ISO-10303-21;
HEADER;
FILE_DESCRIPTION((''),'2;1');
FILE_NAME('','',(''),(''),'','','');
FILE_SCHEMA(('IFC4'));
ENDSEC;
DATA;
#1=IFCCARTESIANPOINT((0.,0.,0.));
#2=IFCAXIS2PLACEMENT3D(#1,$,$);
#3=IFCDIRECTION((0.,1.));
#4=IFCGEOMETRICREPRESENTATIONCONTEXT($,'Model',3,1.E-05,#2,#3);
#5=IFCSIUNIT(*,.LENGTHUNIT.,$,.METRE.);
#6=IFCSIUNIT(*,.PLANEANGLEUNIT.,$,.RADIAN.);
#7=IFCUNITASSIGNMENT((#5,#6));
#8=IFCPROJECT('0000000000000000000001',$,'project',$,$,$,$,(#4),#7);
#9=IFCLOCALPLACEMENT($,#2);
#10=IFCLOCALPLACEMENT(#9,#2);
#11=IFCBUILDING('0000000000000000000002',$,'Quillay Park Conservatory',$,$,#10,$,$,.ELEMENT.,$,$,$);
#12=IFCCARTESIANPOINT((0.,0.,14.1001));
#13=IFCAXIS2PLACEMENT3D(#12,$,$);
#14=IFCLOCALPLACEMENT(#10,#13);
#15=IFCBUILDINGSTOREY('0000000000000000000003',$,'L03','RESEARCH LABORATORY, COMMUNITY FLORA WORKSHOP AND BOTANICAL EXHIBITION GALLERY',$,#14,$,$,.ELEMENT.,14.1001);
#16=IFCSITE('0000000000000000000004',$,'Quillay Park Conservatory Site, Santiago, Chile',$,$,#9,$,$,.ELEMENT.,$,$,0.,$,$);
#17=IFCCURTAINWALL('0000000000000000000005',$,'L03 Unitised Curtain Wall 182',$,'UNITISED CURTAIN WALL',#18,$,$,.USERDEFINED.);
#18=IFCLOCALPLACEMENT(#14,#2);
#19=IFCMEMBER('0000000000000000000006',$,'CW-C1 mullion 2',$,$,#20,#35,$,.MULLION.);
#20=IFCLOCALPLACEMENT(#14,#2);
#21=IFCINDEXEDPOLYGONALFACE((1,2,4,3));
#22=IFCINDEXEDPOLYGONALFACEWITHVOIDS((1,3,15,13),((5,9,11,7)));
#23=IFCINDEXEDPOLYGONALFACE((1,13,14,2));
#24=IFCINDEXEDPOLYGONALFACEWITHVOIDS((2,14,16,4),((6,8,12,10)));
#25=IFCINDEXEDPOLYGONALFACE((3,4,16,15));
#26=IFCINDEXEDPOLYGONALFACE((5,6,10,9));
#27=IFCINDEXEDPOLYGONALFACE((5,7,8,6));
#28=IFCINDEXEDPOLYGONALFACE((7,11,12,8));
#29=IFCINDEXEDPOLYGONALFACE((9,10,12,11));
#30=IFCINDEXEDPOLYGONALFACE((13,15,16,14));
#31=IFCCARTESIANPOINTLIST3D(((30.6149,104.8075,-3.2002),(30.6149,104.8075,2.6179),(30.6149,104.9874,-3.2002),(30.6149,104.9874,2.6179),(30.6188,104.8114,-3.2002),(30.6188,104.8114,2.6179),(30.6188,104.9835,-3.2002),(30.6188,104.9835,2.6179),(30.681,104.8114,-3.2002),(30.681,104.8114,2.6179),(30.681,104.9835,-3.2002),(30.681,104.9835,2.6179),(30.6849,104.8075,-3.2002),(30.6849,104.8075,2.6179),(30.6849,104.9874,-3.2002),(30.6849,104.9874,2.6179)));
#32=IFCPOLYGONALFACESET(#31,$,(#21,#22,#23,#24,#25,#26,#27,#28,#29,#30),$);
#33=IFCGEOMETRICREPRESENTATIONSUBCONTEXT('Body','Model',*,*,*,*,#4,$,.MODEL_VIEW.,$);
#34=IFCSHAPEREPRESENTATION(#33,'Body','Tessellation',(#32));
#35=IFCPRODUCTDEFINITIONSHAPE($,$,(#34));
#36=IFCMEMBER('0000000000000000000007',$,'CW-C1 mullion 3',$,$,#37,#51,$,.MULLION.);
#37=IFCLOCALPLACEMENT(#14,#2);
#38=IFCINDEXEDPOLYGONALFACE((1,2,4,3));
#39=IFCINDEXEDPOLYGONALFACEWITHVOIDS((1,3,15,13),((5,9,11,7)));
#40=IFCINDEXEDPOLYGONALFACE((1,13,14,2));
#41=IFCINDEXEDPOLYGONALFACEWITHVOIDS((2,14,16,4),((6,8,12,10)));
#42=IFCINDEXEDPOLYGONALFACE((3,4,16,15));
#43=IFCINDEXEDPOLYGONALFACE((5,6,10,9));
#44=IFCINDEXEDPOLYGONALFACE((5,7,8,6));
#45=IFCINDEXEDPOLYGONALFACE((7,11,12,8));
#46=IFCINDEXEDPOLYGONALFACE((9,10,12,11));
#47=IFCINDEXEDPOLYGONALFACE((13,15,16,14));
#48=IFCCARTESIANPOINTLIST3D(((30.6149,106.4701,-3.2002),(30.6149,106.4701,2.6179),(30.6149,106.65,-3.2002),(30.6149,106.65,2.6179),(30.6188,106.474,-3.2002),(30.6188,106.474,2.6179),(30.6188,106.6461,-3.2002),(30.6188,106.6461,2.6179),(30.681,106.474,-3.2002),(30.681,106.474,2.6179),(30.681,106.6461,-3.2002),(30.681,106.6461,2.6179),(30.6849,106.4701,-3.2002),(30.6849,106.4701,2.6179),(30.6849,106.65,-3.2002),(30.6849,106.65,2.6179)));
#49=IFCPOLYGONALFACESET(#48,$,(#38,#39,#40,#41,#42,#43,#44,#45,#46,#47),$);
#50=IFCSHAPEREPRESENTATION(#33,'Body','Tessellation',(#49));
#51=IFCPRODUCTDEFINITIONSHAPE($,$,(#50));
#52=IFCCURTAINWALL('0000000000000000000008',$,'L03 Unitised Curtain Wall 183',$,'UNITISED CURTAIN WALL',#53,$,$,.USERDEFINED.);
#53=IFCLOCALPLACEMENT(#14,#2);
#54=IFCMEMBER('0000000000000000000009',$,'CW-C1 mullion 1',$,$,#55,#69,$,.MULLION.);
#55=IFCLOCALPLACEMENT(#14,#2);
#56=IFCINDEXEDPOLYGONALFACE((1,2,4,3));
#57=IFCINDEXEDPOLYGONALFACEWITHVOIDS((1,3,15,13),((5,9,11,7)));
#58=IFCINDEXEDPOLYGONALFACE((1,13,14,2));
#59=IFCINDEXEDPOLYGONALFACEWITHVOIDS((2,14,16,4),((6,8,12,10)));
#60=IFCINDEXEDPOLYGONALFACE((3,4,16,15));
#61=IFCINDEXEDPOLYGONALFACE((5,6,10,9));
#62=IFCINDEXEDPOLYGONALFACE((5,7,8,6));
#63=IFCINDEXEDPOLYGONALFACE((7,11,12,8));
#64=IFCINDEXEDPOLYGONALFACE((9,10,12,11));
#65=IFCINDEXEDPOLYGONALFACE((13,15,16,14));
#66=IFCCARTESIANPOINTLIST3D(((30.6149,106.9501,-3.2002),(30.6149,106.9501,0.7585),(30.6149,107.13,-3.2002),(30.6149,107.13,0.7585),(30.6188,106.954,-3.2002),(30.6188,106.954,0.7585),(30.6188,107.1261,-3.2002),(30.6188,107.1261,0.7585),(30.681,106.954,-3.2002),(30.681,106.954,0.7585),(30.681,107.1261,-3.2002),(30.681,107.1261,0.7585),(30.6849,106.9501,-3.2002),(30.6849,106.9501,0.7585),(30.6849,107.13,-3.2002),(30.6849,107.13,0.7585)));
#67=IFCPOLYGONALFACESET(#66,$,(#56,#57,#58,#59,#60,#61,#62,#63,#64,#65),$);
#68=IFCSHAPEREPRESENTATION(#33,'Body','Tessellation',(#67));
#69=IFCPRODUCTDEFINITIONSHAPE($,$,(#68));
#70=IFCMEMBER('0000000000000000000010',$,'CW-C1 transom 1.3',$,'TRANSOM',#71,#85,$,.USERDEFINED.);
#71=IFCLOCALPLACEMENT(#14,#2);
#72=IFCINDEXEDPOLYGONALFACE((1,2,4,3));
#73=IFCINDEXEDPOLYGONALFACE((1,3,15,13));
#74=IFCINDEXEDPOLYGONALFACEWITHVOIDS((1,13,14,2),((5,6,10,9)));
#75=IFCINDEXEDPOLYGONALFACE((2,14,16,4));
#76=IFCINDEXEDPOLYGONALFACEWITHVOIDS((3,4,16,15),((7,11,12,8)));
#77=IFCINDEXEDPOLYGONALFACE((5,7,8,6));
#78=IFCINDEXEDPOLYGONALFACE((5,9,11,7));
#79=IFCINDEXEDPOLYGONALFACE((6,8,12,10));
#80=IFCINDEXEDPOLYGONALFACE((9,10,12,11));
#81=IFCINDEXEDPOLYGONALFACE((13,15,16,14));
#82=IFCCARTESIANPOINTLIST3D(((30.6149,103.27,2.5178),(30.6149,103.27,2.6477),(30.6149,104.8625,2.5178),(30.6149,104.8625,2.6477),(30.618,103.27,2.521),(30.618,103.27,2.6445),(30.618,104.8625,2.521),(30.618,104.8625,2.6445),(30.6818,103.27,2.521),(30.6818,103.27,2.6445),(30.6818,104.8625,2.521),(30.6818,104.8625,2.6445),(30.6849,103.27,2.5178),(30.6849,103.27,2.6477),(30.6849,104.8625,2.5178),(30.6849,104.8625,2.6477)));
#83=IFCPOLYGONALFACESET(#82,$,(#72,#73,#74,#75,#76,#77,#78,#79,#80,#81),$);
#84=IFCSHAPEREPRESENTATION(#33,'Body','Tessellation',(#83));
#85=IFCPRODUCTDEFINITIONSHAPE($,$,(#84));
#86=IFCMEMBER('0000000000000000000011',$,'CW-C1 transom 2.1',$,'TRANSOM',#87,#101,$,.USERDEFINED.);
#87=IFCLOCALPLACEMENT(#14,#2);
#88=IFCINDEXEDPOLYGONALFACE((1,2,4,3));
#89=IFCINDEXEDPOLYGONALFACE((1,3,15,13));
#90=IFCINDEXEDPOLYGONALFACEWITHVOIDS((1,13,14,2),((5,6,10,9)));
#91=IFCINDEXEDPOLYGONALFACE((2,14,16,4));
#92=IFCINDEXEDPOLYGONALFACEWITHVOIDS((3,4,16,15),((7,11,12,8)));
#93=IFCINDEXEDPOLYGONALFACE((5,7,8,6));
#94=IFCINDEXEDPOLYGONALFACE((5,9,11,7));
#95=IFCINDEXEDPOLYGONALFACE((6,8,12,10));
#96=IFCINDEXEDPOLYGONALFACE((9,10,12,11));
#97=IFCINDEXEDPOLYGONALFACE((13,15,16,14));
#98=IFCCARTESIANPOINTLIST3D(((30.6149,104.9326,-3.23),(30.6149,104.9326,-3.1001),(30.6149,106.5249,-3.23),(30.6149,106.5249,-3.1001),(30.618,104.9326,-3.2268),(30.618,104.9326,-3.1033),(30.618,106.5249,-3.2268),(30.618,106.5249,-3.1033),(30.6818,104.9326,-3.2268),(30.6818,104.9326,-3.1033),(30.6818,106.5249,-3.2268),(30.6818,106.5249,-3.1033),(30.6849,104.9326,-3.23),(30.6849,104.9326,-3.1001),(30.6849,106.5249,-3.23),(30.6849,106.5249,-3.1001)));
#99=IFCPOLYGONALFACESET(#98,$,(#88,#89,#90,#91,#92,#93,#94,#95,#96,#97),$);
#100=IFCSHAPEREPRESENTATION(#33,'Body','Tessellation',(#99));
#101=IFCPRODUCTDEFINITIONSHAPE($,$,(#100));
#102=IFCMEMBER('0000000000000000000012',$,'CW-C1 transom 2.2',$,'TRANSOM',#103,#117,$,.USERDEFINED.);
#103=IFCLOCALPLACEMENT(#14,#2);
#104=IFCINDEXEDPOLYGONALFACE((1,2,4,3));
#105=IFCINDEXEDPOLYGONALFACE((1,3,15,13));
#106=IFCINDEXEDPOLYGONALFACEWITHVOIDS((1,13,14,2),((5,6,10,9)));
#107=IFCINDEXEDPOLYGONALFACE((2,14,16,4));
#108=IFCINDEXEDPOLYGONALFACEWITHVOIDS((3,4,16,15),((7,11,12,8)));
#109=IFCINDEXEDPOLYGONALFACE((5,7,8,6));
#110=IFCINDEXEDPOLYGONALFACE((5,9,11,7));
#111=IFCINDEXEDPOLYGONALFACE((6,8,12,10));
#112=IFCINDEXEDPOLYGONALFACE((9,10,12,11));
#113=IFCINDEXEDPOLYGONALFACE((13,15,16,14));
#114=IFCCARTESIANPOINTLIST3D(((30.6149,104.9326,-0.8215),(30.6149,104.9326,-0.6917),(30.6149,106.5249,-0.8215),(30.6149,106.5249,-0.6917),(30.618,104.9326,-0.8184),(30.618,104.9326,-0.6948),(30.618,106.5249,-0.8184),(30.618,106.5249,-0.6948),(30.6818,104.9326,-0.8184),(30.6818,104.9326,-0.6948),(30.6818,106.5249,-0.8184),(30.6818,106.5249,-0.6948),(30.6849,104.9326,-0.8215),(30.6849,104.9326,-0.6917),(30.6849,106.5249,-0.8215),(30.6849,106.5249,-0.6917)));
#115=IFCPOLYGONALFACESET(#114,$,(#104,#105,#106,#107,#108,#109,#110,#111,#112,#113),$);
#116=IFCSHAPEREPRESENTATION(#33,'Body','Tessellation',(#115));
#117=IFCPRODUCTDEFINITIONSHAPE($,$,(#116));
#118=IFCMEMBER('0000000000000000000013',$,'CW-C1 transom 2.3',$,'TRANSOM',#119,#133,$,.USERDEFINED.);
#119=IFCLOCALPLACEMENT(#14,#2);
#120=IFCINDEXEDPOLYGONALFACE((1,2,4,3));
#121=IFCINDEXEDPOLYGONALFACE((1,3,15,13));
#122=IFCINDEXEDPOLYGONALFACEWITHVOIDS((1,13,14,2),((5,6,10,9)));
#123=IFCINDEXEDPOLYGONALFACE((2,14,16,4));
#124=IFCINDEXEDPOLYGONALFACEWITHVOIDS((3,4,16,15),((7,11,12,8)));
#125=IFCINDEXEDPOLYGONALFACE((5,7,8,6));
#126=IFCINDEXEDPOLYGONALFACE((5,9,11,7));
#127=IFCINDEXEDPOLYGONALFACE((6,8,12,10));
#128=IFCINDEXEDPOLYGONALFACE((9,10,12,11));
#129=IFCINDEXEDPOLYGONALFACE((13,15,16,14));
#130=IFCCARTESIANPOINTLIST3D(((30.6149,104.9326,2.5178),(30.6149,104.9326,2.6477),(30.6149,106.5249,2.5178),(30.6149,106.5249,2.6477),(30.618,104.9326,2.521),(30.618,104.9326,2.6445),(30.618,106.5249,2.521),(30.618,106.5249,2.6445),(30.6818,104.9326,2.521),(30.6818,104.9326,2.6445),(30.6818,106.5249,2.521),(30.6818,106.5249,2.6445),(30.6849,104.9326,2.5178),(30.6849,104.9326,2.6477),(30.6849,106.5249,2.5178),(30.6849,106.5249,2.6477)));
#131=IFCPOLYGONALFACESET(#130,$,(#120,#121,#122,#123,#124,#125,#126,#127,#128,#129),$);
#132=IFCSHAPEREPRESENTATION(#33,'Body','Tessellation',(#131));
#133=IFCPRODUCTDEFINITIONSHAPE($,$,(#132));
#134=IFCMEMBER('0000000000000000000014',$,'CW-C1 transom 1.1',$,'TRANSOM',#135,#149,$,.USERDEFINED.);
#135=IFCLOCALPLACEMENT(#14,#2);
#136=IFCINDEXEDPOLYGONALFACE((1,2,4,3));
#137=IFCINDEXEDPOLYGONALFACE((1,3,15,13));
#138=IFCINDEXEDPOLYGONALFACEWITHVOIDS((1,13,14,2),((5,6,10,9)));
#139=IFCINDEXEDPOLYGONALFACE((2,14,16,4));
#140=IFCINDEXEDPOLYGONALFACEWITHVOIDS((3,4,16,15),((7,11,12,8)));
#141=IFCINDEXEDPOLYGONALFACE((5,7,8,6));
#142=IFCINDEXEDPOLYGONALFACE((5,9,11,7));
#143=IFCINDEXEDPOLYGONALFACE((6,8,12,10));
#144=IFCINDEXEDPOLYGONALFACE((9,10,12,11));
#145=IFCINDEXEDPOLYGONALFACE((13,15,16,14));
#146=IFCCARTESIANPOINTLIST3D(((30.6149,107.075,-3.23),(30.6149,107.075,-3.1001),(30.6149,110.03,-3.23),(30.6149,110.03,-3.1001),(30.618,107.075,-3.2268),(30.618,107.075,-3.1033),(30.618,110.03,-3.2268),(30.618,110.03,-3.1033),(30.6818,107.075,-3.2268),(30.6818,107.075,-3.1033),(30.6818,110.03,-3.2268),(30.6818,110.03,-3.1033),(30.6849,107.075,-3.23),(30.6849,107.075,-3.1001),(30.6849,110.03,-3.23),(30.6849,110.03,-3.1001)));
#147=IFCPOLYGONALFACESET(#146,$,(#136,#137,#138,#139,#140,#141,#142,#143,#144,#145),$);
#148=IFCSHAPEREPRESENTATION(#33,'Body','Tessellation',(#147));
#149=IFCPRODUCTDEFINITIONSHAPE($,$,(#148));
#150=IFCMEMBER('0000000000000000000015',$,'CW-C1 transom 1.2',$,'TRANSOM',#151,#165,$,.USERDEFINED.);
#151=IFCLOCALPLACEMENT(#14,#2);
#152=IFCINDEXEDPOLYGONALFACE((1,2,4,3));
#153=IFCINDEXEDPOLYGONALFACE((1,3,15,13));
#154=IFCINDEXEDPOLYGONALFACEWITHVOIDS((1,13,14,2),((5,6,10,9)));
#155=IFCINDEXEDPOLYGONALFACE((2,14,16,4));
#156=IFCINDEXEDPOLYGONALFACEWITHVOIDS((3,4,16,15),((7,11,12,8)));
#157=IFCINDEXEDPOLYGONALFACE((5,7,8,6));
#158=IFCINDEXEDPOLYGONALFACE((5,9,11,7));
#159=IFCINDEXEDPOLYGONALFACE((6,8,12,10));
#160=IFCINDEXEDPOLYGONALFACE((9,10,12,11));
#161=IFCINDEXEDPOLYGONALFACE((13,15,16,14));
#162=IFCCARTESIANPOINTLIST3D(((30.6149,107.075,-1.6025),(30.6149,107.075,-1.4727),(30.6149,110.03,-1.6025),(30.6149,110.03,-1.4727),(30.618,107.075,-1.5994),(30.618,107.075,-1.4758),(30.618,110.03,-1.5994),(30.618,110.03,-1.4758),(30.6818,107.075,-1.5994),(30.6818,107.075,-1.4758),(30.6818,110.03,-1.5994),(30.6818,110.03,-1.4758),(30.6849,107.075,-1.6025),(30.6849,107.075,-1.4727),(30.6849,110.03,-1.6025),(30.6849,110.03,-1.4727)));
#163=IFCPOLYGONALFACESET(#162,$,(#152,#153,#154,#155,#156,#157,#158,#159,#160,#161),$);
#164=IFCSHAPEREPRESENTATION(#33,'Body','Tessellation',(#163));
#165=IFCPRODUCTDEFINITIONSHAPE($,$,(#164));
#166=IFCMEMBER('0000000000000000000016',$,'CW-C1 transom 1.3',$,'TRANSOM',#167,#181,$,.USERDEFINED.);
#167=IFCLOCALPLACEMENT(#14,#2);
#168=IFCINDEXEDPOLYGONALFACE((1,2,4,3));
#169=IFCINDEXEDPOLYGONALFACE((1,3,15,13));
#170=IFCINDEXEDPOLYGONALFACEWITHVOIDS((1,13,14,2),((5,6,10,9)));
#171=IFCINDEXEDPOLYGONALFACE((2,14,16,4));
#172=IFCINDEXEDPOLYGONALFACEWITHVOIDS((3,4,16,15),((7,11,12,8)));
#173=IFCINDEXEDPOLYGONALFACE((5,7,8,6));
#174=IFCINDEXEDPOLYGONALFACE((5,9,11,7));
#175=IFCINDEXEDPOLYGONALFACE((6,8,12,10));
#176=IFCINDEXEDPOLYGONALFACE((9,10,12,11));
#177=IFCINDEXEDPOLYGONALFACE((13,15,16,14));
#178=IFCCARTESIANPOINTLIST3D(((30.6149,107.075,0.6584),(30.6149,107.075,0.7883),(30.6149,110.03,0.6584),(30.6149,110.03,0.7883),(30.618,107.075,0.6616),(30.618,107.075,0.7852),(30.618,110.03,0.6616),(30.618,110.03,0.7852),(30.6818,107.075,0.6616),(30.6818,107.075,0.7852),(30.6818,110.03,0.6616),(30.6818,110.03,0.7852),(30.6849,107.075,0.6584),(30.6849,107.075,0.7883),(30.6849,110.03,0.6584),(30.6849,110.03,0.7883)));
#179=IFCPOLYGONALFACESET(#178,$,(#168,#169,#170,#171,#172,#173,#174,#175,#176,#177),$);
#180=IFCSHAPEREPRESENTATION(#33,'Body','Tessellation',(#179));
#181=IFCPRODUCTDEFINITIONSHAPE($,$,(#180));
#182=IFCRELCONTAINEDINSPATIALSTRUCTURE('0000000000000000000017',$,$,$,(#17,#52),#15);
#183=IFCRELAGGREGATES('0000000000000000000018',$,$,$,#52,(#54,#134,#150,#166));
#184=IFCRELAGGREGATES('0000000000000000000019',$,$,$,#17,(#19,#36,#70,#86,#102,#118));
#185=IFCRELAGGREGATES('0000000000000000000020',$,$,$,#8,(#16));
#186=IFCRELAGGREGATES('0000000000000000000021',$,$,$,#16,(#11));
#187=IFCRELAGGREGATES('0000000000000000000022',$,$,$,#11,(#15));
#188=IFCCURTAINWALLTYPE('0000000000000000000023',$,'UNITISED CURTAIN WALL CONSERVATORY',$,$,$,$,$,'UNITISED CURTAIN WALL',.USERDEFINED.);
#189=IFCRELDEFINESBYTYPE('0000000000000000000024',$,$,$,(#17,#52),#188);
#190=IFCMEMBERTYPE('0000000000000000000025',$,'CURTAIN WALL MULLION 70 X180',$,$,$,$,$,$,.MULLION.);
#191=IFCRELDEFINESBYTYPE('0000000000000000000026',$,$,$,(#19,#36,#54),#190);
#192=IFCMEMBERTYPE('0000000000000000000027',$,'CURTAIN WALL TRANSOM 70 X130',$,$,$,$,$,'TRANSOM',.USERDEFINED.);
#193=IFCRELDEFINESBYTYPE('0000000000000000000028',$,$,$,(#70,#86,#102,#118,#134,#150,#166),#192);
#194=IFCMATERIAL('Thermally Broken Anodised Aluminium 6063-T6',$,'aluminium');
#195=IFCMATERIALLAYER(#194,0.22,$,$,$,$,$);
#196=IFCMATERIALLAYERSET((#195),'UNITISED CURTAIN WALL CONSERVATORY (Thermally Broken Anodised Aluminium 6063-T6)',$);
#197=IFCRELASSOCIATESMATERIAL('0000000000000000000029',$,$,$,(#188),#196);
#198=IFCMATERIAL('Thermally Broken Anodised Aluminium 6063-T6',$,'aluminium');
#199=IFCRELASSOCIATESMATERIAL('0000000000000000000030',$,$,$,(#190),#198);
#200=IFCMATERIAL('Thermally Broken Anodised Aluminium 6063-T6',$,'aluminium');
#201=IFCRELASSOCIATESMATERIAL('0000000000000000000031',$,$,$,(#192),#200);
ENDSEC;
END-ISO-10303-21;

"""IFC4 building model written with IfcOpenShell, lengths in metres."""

from ifc_helpers import new_model, si_unit, direction, frame, origin, origin_2d, place, context, subcontext, project, spatial, hollow_rectangle, extrude, material, layer, layer_set, material_profile, profile_set, type_object, element, aggregate, save


model = new_model("IFC4")

# Units and contexts
model_context = context("Model", 3, precision=1e-05, world=origin(), true_north=direction((0.0, 1.0)))
body_context = subcontext(model_context, "Body", "Model", "MODEL_VIEW")
ifc_project = project(units=[si_unit("LENGTHUNIT", "METRE"), si_unit("PLANEANGLEUNIT", "RADIAN")], contexts=[model_context])

# Site, building, storey
site_placement = place(None, origin())
site = spatial("IfcSite", under=ifc_project, at=site_placement, Name="Quillay Park Conservatory Site, Santiago, Chile", CompositionType="ELEMENT", RefElevation=0.0)
building_placement = place(site_placement, origin())
building = spatial("IfcBuilding", under=site, at=building_placement, Name="Quillay Park Conservatory", CompositionType="ELEMENT")
storey_placement = place(building_placement, frame((0.0, 0.0, 14.1001)))
storey = spatial("IfcBuildingStorey", under=building, at=storey_placement, Name="L03", Description="RESEARCH LABORATORY, COMMUNITY FLORA WORKSHOP AND BOTANICAL EXHIBITION GALLERY", CompositionType="ELEMENT", Elevation=14.1001)

# Curtain wall, members
ifc_material_1 = material(Name="Thermally Broken Anodised Aluminium 6063-T6", Category="aluminium")
ifc_layer_1 = layer(ifc_material_1, 0.22)
ifc_layer_set_1 = layer_set([ifc_layer_1], Name="UNITISED CURTAIN WALL CONSERVATORY (Thermally Broken Anodised Aluminium 6063-T6)")
curtain_wall_type = type_object("IfcCurtainWallType", Name="UNITISED CURTAIN WALL CONSERVATORY", ElementType="UNITISED CURTAIN WALL", PredefinedType="USERDEFINED", material=ifc_layer_set_1)
curtain_wall_1_placement = place(storey_placement, origin())
curtain_wall_1 = element("IfcCurtainWall", 1, at=curtain_wall_1_placement, inside=storey, type_object=curtain_wall_type, Name="L03 Unitised Curtain Wall 182", ObjectType="UNITISED CURTAIN WALL", PredefinedType="USERDEFINED")
ifc_material_2 = material(Name="Thermally Broken Anodised Aluminium 6063-T6", Category="aluminium")
ifc_material_profile_1 = material_profile(ifc_material_2, hollow_rectangle(XDim=0.0701, YDim=0.1799, WallThickness=0.0039, at=origin_2d()), Name="AL70x180x4")
ifc_profile_set_1 = profile_set([ifc_material_profile_1], Name="Thermally Broken Anodised Aluminium 6063-T6")
member_type_1 = type_object("IfcMemberType", Name="CURTAIN WALL MULLION 70 X180", PredefinedType="MULLION", material=ifc_profile_set_1)
member_1_placement = place(storey_placement, frame((30.6499, 104.8975, -3.2002), z_axis=(0.0, 0.0, 1.0), x_axis=(-1.0, 0.0, 0.0)))
member_1 = element("IfcMember", 2, at=member_1_placement, type_object=member_type_1, Name="CW-C1 mullion 2", PredefinedType="MULLION", context=body_context, shape_type="SweptSolid", body=[
    extrude(hollow_rectangle(XDim=0.0701, YDim=0.1799, WallThickness=0.0039, at=origin_2d()), origin(), (0.0, 0.0, 1.0), 5.8181),
])
member_2_placement = place(storey_placement, frame((30.6499, 106.5601, -3.2002), z_axis=(0.0, 0.0, 1.0), x_axis=(-1.0, 0.0, 0.0)))
member_2 = element("IfcMember", 3, at=member_2_placement, type_object=member_type_1, Name="CW-C1 mullion 3", PredefinedType="MULLION", context=body_context, shape_type="SweptSolid", body=[
    extrude(hollow_rectangle(XDim=0.0701, YDim=0.1799, WallThickness=0.0039, at=origin_2d()), origin(), (0.0, 0.0, 1.0), 5.8181),
])

# Curtain wall, member
curtain_wall_2_placement = place(storey_placement, origin())
curtain_wall_2 = element("IfcCurtainWall", 4, at=curtain_wall_2_placement, inside=storey, type_object=curtain_wall_type, Name="L03 Unitised Curtain Wall 183", ObjectType="UNITISED CURTAIN WALL", PredefinedType="USERDEFINED")
member_3_placement = place(storey_placement, frame((30.6499, 107.04, -3.2002), z_axis=(0.0, 0.0, 1.0), x_axis=(-1.0, 0.0, 0.0)))
member_3 = element("IfcMember", 5, at=member_3_placement, type_object=member_type_1, Name="CW-C1 mullion 1", PredefinedType="MULLION", context=body_context, shape_type="SweptSolid", body=[
    extrude(hollow_rectangle(XDim=0.0701, YDim=0.1799, WallThickness=0.0039, at=origin_2d()), origin(), (0.0, 0.0, 1.0), 3.9587),
])

# Members
ifc_material_3 = material(Name="Thermally Broken Anodised Aluminium 6063-T6", Category="aluminium")
ifc_material_profile_2 = material_profile(ifc_material_3, hollow_rectangle(XDim=0.0701, YDim=0.1299, WallThickness=0.0032, at=origin_2d()), Name="AL70x130x3.2")
ifc_profile_set_2 = profile_set([ifc_material_profile_2], Name="Thermally Broken Anodised Aluminium 6063-T6")
member_type_2 = type_object("IfcMemberType", Name="CURTAIN WALL TRANSOM 70 X130", ElementType="TRANSOM", PredefinedType="USERDEFINED", material=ifc_profile_set_2)
member_4_placement = place(storey_placement, frame((30.6499, 103.27, 2.5828), z_axis=(0.0, 1.0, 0.0), x_axis=(-1.0, 0.0, 0.0)))
member_4 = element("IfcMember", 6, at=member_4_placement, type_object=member_type_2, Name="CW-C1 transom 1.3", ObjectType="TRANSOM", PredefinedType="USERDEFINED", context=body_context, shape_type="SweptSolid", body=[
    extrude(hollow_rectangle(XDim=0.0701, YDim=0.1299, WallThickness=0.0032, at=origin_2d()), origin(), (0.0, 0.0, 1.0), 1.5925),
])
member_5_placement = place(storey_placement, frame((30.6499, 104.9326, -3.165), z_axis=(0.0, 1.0, 0.0), x_axis=(-1.0, 0.0, 0.0)))
member_5 = element("IfcMember", 7, at=member_5_placement, type_object=member_type_2, Name="CW-C1 transom 2.1", ObjectType="TRANSOM", PredefinedType="USERDEFINED", context=body_context, shape_type="SweptSolid", body=[
    extrude(hollow_rectangle(XDim=0.0701, YDim=0.1299, WallThickness=0.0032, at=origin_2d()), origin(), (0.0, 0.0, 1.0), 1.5923),
])
member_6_placement = place(storey_placement, frame((30.6499, 104.9326, -0.7566), z_axis=(0.0, 1.0, 0.0), x_axis=(-1.0, 0.0, 0.0)))
member_6 = element("IfcMember", 8, at=member_6_placement, type_object=member_type_2, Name="CW-C1 transom 2.2", ObjectType="TRANSOM", PredefinedType="USERDEFINED", context=body_context, shape_type="SweptSolid", body=[
    extrude(hollow_rectangle(XDim=0.0701, YDim=0.1299, WallThickness=0.0032, at=origin_2d()), origin(), (0.0, 0.0, 1.0), 1.5923),
])
member_7_placement = place(storey_placement, frame((30.6499, 104.9326, 2.5828), z_axis=(0.0, 1.0, 0.0), x_axis=(-1.0, 0.0, 0.0)))
member_7 = element("IfcMember", 9, at=member_7_placement, type_object=member_type_2, Name="CW-C1 transom 2.3", ObjectType="TRANSOM", PredefinedType="USERDEFINED", context=body_context, shape_type="SweptSolid", body=[
    extrude(hollow_rectangle(XDim=0.0701, YDim=0.1299, WallThickness=0.0032, at=origin_2d()), origin(), (0.0, 0.0, 1.0), 1.5923),
])
member_8_placement = place(storey_placement, frame((30.6499, 107.075, -3.165), z_axis=(0.0, 1.0, 0.0), x_axis=(-1.0, 0.0, 0.0)))
member_8 = element("IfcMember", 10, at=member_8_placement, type_object=member_type_2, Name="CW-C1 transom 1.1", ObjectType="TRANSOM", PredefinedType="USERDEFINED", context=body_context, shape_type="SweptSolid", body=[
    extrude(hollow_rectangle(XDim=0.0701, YDim=0.1299, WallThickness=0.0032, at=origin_2d()), origin(), (0.0, 0.0, 1.0), 2.9551),
])
member_9_placement = place(storey_placement, frame((30.6499, 107.075, -1.5376), z_axis=(0.0, 1.0, 0.0), x_axis=(-1.0, 0.0, 0.0)))
member_9 = element("IfcMember", 11, at=member_9_placement, type_object=member_type_2, Name="CW-C1 transom 1.2", ObjectType="TRANSOM", PredefinedType="USERDEFINED", context=body_context, shape_type="SweptSolid", body=[
    extrude(hollow_rectangle(XDim=0.0701, YDim=0.1299, WallThickness=0.0032, at=origin_2d()), origin(), (0.0, 0.0, 1.0), 2.9551),
])
member_10_placement = place(storey_placement, frame((30.6499, 107.075, 0.7234), z_axis=(0.0, 1.0, 0.0), x_axis=(-1.0, 0.0, 0.0)))
member_10 = element("IfcMember", 12, at=member_10_placement, type_object=member_type_2, Name="CW-C1 transom 1.3", ObjectType="TRANSOM", PredefinedType="USERDEFINED", context=body_context, shape_type="SweptSolid", body=[
    extrude(hollow_rectangle(XDim=0.0701, YDim=0.1299, WallThickness=0.0032, at=origin_2d()), origin(), (0.0, 0.0, 1.0), 2.9551),
])
aggregate(curtain_wall_2, [member_3, member_8, member_9, member_10])

aggregate(curtain_wall_1, [member_1, member_2, member_4, member_5, member_6, member_7])

save(model, "model.ifc")
